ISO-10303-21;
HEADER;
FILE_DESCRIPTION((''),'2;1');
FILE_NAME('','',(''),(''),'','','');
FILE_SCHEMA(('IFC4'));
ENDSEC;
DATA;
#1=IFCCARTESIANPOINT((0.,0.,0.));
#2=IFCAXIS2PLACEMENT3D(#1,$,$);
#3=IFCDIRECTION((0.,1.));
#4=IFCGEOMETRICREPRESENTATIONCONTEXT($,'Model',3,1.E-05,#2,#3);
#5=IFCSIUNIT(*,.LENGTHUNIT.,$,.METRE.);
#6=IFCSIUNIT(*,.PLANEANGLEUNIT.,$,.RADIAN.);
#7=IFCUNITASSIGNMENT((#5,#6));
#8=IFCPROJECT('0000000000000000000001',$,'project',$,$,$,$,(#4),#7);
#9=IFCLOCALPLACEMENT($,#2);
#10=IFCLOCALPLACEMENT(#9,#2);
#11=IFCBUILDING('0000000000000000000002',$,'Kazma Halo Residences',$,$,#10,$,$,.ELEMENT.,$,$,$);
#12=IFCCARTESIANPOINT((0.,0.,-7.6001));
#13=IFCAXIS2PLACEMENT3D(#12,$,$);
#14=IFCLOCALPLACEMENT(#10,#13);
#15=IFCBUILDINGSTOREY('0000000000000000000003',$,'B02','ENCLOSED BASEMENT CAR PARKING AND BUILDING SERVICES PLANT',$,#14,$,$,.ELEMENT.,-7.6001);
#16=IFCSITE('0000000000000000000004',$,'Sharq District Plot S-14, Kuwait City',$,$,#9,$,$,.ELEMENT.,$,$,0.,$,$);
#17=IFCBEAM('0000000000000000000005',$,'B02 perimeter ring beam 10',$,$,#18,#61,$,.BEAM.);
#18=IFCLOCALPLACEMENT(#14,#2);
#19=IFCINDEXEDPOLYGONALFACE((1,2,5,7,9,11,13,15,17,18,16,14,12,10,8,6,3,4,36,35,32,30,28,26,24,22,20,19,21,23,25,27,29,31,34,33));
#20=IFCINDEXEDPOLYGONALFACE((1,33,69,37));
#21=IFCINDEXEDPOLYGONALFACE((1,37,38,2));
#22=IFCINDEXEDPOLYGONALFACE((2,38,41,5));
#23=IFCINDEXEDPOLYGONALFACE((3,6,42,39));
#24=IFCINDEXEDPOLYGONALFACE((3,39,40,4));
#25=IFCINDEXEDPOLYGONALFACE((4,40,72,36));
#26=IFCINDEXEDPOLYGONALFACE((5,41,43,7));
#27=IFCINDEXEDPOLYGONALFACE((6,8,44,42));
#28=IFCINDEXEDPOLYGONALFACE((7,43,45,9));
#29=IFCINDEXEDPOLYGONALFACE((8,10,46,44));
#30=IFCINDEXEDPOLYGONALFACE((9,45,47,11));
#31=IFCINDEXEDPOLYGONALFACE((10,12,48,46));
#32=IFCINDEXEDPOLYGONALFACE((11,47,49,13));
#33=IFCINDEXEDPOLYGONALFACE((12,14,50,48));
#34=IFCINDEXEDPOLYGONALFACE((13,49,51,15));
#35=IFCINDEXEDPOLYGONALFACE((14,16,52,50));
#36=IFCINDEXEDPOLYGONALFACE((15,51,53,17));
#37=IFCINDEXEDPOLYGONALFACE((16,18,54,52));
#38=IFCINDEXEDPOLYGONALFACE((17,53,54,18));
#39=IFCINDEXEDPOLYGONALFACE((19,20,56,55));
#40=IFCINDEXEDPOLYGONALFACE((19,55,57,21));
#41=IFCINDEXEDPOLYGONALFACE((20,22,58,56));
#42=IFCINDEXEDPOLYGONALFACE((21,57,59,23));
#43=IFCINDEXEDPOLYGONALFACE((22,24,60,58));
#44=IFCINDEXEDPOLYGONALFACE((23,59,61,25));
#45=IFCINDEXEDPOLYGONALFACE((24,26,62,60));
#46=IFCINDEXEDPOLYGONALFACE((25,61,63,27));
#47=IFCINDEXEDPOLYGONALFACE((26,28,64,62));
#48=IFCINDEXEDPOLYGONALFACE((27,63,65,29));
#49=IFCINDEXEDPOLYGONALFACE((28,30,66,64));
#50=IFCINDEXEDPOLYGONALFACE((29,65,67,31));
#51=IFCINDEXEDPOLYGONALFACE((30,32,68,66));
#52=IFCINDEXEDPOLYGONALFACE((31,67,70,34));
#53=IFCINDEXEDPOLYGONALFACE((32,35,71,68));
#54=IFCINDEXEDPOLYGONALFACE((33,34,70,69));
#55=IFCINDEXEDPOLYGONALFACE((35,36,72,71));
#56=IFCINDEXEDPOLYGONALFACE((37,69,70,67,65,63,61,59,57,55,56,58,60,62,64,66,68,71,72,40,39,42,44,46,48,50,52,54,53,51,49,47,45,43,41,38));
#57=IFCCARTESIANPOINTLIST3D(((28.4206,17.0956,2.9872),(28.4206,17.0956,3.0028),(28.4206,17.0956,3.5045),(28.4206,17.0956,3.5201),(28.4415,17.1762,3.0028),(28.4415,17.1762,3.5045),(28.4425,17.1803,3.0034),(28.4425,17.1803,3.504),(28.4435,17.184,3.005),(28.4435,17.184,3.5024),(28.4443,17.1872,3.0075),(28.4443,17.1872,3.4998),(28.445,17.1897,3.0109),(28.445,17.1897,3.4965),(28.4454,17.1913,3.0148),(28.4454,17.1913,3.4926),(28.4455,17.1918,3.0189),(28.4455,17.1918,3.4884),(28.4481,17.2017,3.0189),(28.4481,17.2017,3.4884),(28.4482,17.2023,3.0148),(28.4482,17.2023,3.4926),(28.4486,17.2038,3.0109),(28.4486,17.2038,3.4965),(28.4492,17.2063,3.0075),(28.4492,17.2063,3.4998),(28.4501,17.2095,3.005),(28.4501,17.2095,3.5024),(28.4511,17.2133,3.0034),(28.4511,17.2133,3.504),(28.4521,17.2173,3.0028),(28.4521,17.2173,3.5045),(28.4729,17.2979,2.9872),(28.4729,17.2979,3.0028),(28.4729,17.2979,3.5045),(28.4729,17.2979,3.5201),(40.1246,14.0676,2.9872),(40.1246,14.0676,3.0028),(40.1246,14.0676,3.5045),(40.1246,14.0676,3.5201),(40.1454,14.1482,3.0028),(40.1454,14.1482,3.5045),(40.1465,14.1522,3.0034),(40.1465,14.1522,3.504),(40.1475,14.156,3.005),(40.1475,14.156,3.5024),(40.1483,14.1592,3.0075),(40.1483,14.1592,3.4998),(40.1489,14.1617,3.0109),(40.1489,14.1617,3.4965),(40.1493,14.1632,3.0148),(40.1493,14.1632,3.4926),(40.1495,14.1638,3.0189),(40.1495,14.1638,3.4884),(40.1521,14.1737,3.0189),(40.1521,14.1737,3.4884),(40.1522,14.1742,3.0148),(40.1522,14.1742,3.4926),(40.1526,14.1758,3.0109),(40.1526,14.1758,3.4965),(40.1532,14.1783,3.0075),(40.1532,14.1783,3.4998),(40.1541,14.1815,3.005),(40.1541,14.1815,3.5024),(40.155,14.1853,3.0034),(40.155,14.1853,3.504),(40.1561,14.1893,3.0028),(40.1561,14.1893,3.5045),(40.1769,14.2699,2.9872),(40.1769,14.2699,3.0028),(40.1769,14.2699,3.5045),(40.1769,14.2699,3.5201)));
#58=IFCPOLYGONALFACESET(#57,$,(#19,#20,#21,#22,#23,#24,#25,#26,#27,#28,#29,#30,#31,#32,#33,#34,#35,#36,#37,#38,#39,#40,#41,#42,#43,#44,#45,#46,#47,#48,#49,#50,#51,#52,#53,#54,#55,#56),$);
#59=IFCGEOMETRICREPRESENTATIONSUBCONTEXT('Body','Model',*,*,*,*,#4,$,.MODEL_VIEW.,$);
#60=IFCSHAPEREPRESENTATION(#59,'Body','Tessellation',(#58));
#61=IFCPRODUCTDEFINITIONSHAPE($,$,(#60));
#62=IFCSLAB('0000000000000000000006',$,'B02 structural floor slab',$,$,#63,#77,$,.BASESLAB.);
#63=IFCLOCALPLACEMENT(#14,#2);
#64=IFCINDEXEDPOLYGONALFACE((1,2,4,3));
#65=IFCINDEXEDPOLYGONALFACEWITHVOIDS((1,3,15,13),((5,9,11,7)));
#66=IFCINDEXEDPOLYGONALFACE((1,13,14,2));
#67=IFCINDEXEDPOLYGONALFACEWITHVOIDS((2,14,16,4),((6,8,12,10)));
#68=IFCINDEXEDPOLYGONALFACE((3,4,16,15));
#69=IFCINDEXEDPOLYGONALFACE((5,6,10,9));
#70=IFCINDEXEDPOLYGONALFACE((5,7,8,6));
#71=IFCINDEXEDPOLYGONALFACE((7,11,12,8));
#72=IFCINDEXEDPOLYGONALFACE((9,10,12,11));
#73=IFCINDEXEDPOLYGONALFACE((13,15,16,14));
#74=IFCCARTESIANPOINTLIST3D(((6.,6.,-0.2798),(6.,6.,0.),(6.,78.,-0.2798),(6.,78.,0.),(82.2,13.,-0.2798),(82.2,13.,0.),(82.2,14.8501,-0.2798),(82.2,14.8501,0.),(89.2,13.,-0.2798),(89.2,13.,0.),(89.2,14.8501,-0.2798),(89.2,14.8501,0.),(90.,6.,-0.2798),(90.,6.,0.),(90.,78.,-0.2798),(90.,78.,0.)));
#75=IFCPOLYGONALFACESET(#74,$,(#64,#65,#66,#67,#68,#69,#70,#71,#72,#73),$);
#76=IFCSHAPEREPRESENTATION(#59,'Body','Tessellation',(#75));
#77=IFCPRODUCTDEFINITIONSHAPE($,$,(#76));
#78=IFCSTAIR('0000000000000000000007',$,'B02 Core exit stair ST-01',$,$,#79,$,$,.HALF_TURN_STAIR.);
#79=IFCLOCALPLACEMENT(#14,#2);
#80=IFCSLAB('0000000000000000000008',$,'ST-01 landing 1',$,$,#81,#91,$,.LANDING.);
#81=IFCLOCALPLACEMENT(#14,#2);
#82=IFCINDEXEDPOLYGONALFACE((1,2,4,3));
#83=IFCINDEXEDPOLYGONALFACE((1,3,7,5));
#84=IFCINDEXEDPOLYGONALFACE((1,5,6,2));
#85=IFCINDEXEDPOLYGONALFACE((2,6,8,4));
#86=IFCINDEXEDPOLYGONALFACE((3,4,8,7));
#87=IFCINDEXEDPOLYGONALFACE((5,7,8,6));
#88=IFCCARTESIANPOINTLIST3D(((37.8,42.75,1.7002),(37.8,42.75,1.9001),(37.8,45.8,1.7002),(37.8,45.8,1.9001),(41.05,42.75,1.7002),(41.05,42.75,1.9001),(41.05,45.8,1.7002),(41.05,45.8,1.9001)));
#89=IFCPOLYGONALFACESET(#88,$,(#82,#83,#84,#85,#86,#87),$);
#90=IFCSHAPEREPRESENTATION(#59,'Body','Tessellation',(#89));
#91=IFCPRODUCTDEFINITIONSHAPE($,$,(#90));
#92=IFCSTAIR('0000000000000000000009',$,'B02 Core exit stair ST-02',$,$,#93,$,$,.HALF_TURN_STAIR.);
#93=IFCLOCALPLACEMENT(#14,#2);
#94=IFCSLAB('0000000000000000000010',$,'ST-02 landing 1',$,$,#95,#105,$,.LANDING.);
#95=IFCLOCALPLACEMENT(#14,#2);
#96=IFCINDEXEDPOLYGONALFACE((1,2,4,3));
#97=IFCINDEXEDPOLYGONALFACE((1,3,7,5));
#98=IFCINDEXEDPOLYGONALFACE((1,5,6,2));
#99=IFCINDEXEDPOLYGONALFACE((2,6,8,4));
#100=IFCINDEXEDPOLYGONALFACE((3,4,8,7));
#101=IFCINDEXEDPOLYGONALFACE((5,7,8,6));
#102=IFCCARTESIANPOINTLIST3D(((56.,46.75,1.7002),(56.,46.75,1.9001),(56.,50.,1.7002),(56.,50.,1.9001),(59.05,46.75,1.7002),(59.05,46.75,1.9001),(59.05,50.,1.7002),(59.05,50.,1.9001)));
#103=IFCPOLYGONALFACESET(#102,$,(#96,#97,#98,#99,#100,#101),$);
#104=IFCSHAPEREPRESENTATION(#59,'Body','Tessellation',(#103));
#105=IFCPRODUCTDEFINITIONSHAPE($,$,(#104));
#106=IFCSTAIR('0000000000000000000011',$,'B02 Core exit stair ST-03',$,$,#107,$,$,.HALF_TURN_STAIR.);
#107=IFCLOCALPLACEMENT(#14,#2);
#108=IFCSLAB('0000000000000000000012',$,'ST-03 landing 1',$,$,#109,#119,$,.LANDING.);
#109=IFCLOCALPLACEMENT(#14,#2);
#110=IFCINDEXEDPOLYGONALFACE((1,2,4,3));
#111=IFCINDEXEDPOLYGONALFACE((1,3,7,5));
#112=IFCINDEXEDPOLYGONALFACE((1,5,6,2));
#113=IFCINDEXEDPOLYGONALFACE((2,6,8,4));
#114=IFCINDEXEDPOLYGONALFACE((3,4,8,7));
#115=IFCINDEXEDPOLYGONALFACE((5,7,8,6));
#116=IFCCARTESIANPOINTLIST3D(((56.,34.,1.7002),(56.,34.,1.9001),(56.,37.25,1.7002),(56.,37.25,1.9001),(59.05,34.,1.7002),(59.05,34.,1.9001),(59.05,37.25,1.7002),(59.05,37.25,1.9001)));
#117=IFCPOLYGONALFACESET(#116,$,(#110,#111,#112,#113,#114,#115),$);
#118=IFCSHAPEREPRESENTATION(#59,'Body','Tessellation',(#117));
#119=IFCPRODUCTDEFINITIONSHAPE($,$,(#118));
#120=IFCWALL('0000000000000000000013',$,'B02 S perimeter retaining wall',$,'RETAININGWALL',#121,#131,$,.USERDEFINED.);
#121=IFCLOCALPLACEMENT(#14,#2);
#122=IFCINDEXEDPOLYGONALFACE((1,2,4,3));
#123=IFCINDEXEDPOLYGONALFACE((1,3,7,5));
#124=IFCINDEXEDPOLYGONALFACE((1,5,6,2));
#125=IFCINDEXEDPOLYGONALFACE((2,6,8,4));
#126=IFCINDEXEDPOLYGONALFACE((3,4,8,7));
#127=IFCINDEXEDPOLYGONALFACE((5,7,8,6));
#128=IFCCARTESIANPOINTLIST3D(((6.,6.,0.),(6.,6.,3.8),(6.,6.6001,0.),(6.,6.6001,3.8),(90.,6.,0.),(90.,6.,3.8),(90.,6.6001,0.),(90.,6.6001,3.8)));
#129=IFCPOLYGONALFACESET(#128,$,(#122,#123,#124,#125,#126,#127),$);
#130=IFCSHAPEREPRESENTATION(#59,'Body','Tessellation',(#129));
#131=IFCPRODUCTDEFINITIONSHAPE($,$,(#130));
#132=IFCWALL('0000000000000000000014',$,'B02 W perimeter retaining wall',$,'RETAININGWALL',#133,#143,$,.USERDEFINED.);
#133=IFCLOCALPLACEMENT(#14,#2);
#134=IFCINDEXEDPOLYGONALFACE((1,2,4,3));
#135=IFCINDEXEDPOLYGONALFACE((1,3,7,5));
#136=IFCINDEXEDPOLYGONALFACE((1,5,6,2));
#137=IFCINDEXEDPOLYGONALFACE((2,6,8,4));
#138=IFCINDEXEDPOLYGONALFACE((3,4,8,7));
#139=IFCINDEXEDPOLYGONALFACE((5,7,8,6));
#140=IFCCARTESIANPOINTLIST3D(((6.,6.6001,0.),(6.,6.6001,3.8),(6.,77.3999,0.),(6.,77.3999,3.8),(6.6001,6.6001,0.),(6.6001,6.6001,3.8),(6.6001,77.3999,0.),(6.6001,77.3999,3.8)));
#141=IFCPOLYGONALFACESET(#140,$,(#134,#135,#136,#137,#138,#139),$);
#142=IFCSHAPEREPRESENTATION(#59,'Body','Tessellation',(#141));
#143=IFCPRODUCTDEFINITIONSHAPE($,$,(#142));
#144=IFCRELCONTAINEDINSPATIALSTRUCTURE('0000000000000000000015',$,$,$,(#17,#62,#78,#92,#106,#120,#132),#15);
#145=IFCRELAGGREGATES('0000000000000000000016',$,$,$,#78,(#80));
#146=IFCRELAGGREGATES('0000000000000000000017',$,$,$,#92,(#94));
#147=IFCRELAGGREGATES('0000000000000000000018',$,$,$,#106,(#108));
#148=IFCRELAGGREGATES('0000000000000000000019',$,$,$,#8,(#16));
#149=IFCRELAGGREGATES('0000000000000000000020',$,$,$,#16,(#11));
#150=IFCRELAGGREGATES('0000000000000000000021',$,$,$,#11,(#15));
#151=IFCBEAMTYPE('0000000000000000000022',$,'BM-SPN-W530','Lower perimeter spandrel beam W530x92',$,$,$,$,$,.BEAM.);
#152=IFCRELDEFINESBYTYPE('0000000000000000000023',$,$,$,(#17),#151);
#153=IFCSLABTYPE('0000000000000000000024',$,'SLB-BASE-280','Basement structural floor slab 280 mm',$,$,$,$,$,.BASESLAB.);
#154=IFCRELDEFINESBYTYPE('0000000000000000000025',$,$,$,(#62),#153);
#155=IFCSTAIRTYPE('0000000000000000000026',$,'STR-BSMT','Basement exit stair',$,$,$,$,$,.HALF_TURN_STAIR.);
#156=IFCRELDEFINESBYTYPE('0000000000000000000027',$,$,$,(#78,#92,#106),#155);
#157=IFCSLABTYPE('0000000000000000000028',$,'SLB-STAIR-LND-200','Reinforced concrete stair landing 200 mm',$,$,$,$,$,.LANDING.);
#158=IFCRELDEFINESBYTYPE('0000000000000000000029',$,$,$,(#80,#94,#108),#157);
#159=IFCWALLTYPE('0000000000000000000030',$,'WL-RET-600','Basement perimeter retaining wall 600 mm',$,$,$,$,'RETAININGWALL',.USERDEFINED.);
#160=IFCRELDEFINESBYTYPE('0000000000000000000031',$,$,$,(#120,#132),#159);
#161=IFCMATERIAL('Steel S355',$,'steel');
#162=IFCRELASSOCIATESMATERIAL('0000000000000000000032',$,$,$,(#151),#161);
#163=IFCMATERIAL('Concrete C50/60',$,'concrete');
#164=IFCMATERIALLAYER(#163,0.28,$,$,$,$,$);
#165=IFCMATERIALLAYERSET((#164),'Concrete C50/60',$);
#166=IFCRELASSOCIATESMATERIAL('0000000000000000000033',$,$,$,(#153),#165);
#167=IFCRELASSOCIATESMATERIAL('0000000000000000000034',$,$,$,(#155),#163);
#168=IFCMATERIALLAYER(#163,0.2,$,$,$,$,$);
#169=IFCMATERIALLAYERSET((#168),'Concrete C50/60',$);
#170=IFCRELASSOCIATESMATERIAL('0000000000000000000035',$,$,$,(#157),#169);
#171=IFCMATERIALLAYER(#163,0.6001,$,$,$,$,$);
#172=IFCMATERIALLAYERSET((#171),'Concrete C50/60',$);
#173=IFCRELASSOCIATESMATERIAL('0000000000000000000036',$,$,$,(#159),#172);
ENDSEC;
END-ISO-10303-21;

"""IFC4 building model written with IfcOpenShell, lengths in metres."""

from ifc_helpers import new_model, si_unit, direction, frame, frame_2d, origin, origin_2d, place, context, subcontext, project, spatial, polyline, rectangle, i_section, outline, extrude, material, layer, layer_set, material_profile, profile_set, type_object, element, aggregate, save


model = new_model("IFC4")

# Units and contexts
model_context = context("Model", 3, precision=1e-05, world=origin(), true_north=direction((0.0, 1.0)))
body_context = subcontext(model_context, "Body", "Model", "MODEL_VIEW")
ifc_project = project(units=[si_unit("LENGTHUNIT", "METRE"), si_unit("PLANEANGLEUNIT", "RADIAN")], contexts=[model_context])

# Site, building, storey
site_placement = place(None, origin())
site = spatial("IfcSite", under=ifc_project, at=site_placement, Name="Sharq District Plot S-14, Kuwait City", CompositionType="ELEMENT", RefElevation=0.0)
building_placement = place(site_placement, origin())
building = spatial("IfcBuilding", under=site, at=building_placement, Name="Kazma Halo Residences", CompositionType="ELEMENT")
storey_placement = place(building_placement, frame((0.0, 0.0, -7.6001)))
storey = spatial("IfcBuildingStorey", under=building, at=storey_placement, Name="B02", Description="ENCLOSED BASEMENT CAR PARKING AND BUILDING SERVICES PLANT", CompositionType="ELEMENT", Elevation=-7.6001)

# Beam
ifc_material_1 = material(Name="Steel S355", Category="steel")
ifc_material_profile_1 = material_profile(ifc_material_1, i_section(OverallWidth=0.209, OverallDepth=0.533, WebThickness=0.0103, FlangeThickness=0.0156, FilletRadius=0.0161, at=origin_2d()), Name="W530x92")
ifc_profile_set_1 = profile_set([ifc_material_profile_1], Name="Steel S355")
beam_type_1 = type_object("IfcBeamType", Name="BM-SPN-W530", Description="Lower perimeter spandrel beam W530x92", PredefinedType="BEAM", material=ifc_profile_set_1)
beam_1_placement = place(storey_placement, frame((28.4468, 17.1968, 3.2537), z_axis=(0.968124, -0.250472, 0.0), x_axis=(0.250472, 0.968124, 0.0)))
element("IfcBeam", 1, at=beam_1_placement, inside=storey, type_object=beam_type_1, Name="B02 perimeter ring beam 10", PredefinedType="BEAM", context=body_context, shape_type="SweptSolid", body=[
    extrude(i_section(OverallWidth=0.209, OverallDepth=0.533, WebThickness=0.0103, FlangeThickness=0.0156, FilletRadius=0.0161, at=origin_2d()), origin(), (0.0, 0.0, 1.0), 12.0894),
])

# Slab
ifc_material_2 = material(Name="Concrete C50/60", Category="concrete")
ifc_layer_1 = layer(ifc_material_2, 0.28)
ifc_layer_set_1 = layer_set([ifc_layer_1], Name="Concrete C50/60")
slab_type_1 = type_object("IfcSlabType", Name="SLB-BASE-280", Description="Basement structural floor slab 280 mm", PredefinedType="BASESLAB", material=ifc_layer_set_1)
slab_1_placement = place(storey_placement, frame((0.0, 0.0, -0.2798)))
element("IfcSlab", 2, at=slab_1_placement, inside=storey, type_object=slab_type_1, Name="B02 structural floor slab", PredefinedType="BASESLAB", context=body_context, shape_type="SweptSolid", body=[
    extrude(outline(polyline([(6.0, 6.0), (90.0, 6.0), (90.0, 78.0), (6.0, 78.0), (6.0, 6.0)]), holes=[polyline([(82.2, 13.0), (89.2, 13.0), (89.2, 14.8501), (82.2, 14.8501), (82.2, 13.0)])]), origin(), (0.0, 0.0, 1.0), 0.2798),
])

# Stairs, slabs
stair_type = type_object("IfcStairType", Name="STR-BSMT", Description="Basement exit stair", PredefinedType="HALF_TURN_STAIR", material=ifc_material_2)
stair_1_placement = place(storey_placement, origin())
stair_1 = element("IfcStair", 3, at=stair_1_placement, inside=storey, type_object=stair_type, Name="B02 Core exit stair ST-01", PredefinedType="HALF_TURN_STAIR")
ifc_layer_2 = layer(ifc_material_2, 0.2)
ifc_layer_set_2 = layer_set([ifc_layer_2], Name="Concrete C50/60")
slab_type_2 = type_object("IfcSlabType", Name="SLB-STAIR-LND-200", Description="Reinforced concrete stair landing 200 mm", PredefinedType="LANDING", material=ifc_layer_set_2)
slab_2_placement = place(storey_placement, frame((0.0, 0.0, 1.7002)))
slab_2 = element("IfcSlab", 4, at=slab_2_placement, type_object=slab_type_2, Name="ST-01 landing 1", PredefinedType="LANDING", context=body_context, shape_type="SweptSolid", body=[
    extrude(outline(polyline([(41.05, 42.75), (41.05, 45.8), (37.8, 45.8), (37.8, 42.75), (41.05, 42.75)])), origin(), (0.0, 0.0, 1.0), 0.2),
])
aggregate(stair_1, [slab_2])
stair_2_placement = place(storey_placement, origin())
stair_2 = element("IfcStair", 5, at=stair_2_placement, inside=storey, type_object=stair_type, Name="B02 Core exit stair ST-02", PredefinedType="HALF_TURN_STAIR")
slab_3_placement = place(storey_placement, frame((0.0, 0.0, 1.7002)))
slab_3 = element("IfcSlab", 6, at=slab_3_placement, type_object=slab_type_2, Name="ST-02 landing 1", PredefinedType="LANDING", context=body_context, shape_type="SweptSolid", body=[
    extrude(outline(polyline([(56.0, 46.75), (59.05, 46.75), (59.05, 50.0), (56.0, 50.0), (56.0, 46.75)])), origin(), (0.0, 0.0, 1.0), 0.2),
])
aggregate(stair_2, [slab_3])
stair_3_placement = place(storey_placement, origin())
stair_3 = element("IfcStair", 7, at=stair_3_placement, inside=storey, type_object=stair_type, Name="B02 Core exit stair ST-03", PredefinedType="HALF_TURN_STAIR")
slab_4_placement = place(storey_placement, frame((0.0, 0.0, 1.7002)))
slab_4 = element("IfcSlab", 8, at=slab_4_placement, type_object=slab_type_2, Name="ST-03 landing 1", PredefinedType="LANDING", context=body_context, shape_type="SweptSolid", body=[
    extrude(outline(polyline([(56.0, 34.0), (59.05, 34.0), (59.05, 37.25), (56.0, 37.25), (56.0, 34.0)])), origin(), (0.0, 0.0, 1.0), 0.2),
])
aggregate(stair_3, [slab_4])

# Walls
ifc_layer_3 = layer(ifc_material_2, 0.6001)
ifc_layer_set_3 = layer_set([ifc_layer_3], Name="Concrete C50/60")
wall_type = type_object("IfcWallType", Name="WL-RET-600", Description="Basement perimeter retaining wall 600 mm", ElementType="RETAININGWALL", PredefinedType="USERDEFINED", material=ifc_layer_set_3)
wall_1_placement = place(storey_placement, frame((6.0, 6.3, 0.0), z_axis=(0.0, 0.0, 1.0), x_axis=(1.0, 0.0, 0.0)))
element("IfcWall", 9, at=wall_1_placement, inside=storey, type_object=wall_type, Name="B02 S perimeter retaining wall", ObjectType="RETAININGWALL", PredefinedType="USERDEFINED", context=body_context, shape_type="SweptSolid", body=[
    extrude(rectangle(XDim=84.0, YDim=0.6001, at=frame_2d((42.0, 0.0))), origin(), (0.0, 0.0, 1.0), 3.8),
])
wall_2_placement = place(storey_placement, frame((6.3, 6.6001, 0.0), z_axis=(0.0, 0.0, 1.0), x_axis=(0.0, 1.0, 0.0)))
element("IfcWall", 10, at=wall_2_placement, inside=storey, type_object=wall_type, Name="B02 W perimeter retaining wall", ObjectType="RETAININGWALL", PredefinedType="USERDEFINED", context=body_context, shape_type="SweptSolid", body=[
    extrude(rectangle(XDim=70.7998, YDim=0.6001, at=frame_2d((35.3999, 0.0))), origin(), (0.0, 0.0, 1.0), 3.8),
])

save(model, "model.ifc")
